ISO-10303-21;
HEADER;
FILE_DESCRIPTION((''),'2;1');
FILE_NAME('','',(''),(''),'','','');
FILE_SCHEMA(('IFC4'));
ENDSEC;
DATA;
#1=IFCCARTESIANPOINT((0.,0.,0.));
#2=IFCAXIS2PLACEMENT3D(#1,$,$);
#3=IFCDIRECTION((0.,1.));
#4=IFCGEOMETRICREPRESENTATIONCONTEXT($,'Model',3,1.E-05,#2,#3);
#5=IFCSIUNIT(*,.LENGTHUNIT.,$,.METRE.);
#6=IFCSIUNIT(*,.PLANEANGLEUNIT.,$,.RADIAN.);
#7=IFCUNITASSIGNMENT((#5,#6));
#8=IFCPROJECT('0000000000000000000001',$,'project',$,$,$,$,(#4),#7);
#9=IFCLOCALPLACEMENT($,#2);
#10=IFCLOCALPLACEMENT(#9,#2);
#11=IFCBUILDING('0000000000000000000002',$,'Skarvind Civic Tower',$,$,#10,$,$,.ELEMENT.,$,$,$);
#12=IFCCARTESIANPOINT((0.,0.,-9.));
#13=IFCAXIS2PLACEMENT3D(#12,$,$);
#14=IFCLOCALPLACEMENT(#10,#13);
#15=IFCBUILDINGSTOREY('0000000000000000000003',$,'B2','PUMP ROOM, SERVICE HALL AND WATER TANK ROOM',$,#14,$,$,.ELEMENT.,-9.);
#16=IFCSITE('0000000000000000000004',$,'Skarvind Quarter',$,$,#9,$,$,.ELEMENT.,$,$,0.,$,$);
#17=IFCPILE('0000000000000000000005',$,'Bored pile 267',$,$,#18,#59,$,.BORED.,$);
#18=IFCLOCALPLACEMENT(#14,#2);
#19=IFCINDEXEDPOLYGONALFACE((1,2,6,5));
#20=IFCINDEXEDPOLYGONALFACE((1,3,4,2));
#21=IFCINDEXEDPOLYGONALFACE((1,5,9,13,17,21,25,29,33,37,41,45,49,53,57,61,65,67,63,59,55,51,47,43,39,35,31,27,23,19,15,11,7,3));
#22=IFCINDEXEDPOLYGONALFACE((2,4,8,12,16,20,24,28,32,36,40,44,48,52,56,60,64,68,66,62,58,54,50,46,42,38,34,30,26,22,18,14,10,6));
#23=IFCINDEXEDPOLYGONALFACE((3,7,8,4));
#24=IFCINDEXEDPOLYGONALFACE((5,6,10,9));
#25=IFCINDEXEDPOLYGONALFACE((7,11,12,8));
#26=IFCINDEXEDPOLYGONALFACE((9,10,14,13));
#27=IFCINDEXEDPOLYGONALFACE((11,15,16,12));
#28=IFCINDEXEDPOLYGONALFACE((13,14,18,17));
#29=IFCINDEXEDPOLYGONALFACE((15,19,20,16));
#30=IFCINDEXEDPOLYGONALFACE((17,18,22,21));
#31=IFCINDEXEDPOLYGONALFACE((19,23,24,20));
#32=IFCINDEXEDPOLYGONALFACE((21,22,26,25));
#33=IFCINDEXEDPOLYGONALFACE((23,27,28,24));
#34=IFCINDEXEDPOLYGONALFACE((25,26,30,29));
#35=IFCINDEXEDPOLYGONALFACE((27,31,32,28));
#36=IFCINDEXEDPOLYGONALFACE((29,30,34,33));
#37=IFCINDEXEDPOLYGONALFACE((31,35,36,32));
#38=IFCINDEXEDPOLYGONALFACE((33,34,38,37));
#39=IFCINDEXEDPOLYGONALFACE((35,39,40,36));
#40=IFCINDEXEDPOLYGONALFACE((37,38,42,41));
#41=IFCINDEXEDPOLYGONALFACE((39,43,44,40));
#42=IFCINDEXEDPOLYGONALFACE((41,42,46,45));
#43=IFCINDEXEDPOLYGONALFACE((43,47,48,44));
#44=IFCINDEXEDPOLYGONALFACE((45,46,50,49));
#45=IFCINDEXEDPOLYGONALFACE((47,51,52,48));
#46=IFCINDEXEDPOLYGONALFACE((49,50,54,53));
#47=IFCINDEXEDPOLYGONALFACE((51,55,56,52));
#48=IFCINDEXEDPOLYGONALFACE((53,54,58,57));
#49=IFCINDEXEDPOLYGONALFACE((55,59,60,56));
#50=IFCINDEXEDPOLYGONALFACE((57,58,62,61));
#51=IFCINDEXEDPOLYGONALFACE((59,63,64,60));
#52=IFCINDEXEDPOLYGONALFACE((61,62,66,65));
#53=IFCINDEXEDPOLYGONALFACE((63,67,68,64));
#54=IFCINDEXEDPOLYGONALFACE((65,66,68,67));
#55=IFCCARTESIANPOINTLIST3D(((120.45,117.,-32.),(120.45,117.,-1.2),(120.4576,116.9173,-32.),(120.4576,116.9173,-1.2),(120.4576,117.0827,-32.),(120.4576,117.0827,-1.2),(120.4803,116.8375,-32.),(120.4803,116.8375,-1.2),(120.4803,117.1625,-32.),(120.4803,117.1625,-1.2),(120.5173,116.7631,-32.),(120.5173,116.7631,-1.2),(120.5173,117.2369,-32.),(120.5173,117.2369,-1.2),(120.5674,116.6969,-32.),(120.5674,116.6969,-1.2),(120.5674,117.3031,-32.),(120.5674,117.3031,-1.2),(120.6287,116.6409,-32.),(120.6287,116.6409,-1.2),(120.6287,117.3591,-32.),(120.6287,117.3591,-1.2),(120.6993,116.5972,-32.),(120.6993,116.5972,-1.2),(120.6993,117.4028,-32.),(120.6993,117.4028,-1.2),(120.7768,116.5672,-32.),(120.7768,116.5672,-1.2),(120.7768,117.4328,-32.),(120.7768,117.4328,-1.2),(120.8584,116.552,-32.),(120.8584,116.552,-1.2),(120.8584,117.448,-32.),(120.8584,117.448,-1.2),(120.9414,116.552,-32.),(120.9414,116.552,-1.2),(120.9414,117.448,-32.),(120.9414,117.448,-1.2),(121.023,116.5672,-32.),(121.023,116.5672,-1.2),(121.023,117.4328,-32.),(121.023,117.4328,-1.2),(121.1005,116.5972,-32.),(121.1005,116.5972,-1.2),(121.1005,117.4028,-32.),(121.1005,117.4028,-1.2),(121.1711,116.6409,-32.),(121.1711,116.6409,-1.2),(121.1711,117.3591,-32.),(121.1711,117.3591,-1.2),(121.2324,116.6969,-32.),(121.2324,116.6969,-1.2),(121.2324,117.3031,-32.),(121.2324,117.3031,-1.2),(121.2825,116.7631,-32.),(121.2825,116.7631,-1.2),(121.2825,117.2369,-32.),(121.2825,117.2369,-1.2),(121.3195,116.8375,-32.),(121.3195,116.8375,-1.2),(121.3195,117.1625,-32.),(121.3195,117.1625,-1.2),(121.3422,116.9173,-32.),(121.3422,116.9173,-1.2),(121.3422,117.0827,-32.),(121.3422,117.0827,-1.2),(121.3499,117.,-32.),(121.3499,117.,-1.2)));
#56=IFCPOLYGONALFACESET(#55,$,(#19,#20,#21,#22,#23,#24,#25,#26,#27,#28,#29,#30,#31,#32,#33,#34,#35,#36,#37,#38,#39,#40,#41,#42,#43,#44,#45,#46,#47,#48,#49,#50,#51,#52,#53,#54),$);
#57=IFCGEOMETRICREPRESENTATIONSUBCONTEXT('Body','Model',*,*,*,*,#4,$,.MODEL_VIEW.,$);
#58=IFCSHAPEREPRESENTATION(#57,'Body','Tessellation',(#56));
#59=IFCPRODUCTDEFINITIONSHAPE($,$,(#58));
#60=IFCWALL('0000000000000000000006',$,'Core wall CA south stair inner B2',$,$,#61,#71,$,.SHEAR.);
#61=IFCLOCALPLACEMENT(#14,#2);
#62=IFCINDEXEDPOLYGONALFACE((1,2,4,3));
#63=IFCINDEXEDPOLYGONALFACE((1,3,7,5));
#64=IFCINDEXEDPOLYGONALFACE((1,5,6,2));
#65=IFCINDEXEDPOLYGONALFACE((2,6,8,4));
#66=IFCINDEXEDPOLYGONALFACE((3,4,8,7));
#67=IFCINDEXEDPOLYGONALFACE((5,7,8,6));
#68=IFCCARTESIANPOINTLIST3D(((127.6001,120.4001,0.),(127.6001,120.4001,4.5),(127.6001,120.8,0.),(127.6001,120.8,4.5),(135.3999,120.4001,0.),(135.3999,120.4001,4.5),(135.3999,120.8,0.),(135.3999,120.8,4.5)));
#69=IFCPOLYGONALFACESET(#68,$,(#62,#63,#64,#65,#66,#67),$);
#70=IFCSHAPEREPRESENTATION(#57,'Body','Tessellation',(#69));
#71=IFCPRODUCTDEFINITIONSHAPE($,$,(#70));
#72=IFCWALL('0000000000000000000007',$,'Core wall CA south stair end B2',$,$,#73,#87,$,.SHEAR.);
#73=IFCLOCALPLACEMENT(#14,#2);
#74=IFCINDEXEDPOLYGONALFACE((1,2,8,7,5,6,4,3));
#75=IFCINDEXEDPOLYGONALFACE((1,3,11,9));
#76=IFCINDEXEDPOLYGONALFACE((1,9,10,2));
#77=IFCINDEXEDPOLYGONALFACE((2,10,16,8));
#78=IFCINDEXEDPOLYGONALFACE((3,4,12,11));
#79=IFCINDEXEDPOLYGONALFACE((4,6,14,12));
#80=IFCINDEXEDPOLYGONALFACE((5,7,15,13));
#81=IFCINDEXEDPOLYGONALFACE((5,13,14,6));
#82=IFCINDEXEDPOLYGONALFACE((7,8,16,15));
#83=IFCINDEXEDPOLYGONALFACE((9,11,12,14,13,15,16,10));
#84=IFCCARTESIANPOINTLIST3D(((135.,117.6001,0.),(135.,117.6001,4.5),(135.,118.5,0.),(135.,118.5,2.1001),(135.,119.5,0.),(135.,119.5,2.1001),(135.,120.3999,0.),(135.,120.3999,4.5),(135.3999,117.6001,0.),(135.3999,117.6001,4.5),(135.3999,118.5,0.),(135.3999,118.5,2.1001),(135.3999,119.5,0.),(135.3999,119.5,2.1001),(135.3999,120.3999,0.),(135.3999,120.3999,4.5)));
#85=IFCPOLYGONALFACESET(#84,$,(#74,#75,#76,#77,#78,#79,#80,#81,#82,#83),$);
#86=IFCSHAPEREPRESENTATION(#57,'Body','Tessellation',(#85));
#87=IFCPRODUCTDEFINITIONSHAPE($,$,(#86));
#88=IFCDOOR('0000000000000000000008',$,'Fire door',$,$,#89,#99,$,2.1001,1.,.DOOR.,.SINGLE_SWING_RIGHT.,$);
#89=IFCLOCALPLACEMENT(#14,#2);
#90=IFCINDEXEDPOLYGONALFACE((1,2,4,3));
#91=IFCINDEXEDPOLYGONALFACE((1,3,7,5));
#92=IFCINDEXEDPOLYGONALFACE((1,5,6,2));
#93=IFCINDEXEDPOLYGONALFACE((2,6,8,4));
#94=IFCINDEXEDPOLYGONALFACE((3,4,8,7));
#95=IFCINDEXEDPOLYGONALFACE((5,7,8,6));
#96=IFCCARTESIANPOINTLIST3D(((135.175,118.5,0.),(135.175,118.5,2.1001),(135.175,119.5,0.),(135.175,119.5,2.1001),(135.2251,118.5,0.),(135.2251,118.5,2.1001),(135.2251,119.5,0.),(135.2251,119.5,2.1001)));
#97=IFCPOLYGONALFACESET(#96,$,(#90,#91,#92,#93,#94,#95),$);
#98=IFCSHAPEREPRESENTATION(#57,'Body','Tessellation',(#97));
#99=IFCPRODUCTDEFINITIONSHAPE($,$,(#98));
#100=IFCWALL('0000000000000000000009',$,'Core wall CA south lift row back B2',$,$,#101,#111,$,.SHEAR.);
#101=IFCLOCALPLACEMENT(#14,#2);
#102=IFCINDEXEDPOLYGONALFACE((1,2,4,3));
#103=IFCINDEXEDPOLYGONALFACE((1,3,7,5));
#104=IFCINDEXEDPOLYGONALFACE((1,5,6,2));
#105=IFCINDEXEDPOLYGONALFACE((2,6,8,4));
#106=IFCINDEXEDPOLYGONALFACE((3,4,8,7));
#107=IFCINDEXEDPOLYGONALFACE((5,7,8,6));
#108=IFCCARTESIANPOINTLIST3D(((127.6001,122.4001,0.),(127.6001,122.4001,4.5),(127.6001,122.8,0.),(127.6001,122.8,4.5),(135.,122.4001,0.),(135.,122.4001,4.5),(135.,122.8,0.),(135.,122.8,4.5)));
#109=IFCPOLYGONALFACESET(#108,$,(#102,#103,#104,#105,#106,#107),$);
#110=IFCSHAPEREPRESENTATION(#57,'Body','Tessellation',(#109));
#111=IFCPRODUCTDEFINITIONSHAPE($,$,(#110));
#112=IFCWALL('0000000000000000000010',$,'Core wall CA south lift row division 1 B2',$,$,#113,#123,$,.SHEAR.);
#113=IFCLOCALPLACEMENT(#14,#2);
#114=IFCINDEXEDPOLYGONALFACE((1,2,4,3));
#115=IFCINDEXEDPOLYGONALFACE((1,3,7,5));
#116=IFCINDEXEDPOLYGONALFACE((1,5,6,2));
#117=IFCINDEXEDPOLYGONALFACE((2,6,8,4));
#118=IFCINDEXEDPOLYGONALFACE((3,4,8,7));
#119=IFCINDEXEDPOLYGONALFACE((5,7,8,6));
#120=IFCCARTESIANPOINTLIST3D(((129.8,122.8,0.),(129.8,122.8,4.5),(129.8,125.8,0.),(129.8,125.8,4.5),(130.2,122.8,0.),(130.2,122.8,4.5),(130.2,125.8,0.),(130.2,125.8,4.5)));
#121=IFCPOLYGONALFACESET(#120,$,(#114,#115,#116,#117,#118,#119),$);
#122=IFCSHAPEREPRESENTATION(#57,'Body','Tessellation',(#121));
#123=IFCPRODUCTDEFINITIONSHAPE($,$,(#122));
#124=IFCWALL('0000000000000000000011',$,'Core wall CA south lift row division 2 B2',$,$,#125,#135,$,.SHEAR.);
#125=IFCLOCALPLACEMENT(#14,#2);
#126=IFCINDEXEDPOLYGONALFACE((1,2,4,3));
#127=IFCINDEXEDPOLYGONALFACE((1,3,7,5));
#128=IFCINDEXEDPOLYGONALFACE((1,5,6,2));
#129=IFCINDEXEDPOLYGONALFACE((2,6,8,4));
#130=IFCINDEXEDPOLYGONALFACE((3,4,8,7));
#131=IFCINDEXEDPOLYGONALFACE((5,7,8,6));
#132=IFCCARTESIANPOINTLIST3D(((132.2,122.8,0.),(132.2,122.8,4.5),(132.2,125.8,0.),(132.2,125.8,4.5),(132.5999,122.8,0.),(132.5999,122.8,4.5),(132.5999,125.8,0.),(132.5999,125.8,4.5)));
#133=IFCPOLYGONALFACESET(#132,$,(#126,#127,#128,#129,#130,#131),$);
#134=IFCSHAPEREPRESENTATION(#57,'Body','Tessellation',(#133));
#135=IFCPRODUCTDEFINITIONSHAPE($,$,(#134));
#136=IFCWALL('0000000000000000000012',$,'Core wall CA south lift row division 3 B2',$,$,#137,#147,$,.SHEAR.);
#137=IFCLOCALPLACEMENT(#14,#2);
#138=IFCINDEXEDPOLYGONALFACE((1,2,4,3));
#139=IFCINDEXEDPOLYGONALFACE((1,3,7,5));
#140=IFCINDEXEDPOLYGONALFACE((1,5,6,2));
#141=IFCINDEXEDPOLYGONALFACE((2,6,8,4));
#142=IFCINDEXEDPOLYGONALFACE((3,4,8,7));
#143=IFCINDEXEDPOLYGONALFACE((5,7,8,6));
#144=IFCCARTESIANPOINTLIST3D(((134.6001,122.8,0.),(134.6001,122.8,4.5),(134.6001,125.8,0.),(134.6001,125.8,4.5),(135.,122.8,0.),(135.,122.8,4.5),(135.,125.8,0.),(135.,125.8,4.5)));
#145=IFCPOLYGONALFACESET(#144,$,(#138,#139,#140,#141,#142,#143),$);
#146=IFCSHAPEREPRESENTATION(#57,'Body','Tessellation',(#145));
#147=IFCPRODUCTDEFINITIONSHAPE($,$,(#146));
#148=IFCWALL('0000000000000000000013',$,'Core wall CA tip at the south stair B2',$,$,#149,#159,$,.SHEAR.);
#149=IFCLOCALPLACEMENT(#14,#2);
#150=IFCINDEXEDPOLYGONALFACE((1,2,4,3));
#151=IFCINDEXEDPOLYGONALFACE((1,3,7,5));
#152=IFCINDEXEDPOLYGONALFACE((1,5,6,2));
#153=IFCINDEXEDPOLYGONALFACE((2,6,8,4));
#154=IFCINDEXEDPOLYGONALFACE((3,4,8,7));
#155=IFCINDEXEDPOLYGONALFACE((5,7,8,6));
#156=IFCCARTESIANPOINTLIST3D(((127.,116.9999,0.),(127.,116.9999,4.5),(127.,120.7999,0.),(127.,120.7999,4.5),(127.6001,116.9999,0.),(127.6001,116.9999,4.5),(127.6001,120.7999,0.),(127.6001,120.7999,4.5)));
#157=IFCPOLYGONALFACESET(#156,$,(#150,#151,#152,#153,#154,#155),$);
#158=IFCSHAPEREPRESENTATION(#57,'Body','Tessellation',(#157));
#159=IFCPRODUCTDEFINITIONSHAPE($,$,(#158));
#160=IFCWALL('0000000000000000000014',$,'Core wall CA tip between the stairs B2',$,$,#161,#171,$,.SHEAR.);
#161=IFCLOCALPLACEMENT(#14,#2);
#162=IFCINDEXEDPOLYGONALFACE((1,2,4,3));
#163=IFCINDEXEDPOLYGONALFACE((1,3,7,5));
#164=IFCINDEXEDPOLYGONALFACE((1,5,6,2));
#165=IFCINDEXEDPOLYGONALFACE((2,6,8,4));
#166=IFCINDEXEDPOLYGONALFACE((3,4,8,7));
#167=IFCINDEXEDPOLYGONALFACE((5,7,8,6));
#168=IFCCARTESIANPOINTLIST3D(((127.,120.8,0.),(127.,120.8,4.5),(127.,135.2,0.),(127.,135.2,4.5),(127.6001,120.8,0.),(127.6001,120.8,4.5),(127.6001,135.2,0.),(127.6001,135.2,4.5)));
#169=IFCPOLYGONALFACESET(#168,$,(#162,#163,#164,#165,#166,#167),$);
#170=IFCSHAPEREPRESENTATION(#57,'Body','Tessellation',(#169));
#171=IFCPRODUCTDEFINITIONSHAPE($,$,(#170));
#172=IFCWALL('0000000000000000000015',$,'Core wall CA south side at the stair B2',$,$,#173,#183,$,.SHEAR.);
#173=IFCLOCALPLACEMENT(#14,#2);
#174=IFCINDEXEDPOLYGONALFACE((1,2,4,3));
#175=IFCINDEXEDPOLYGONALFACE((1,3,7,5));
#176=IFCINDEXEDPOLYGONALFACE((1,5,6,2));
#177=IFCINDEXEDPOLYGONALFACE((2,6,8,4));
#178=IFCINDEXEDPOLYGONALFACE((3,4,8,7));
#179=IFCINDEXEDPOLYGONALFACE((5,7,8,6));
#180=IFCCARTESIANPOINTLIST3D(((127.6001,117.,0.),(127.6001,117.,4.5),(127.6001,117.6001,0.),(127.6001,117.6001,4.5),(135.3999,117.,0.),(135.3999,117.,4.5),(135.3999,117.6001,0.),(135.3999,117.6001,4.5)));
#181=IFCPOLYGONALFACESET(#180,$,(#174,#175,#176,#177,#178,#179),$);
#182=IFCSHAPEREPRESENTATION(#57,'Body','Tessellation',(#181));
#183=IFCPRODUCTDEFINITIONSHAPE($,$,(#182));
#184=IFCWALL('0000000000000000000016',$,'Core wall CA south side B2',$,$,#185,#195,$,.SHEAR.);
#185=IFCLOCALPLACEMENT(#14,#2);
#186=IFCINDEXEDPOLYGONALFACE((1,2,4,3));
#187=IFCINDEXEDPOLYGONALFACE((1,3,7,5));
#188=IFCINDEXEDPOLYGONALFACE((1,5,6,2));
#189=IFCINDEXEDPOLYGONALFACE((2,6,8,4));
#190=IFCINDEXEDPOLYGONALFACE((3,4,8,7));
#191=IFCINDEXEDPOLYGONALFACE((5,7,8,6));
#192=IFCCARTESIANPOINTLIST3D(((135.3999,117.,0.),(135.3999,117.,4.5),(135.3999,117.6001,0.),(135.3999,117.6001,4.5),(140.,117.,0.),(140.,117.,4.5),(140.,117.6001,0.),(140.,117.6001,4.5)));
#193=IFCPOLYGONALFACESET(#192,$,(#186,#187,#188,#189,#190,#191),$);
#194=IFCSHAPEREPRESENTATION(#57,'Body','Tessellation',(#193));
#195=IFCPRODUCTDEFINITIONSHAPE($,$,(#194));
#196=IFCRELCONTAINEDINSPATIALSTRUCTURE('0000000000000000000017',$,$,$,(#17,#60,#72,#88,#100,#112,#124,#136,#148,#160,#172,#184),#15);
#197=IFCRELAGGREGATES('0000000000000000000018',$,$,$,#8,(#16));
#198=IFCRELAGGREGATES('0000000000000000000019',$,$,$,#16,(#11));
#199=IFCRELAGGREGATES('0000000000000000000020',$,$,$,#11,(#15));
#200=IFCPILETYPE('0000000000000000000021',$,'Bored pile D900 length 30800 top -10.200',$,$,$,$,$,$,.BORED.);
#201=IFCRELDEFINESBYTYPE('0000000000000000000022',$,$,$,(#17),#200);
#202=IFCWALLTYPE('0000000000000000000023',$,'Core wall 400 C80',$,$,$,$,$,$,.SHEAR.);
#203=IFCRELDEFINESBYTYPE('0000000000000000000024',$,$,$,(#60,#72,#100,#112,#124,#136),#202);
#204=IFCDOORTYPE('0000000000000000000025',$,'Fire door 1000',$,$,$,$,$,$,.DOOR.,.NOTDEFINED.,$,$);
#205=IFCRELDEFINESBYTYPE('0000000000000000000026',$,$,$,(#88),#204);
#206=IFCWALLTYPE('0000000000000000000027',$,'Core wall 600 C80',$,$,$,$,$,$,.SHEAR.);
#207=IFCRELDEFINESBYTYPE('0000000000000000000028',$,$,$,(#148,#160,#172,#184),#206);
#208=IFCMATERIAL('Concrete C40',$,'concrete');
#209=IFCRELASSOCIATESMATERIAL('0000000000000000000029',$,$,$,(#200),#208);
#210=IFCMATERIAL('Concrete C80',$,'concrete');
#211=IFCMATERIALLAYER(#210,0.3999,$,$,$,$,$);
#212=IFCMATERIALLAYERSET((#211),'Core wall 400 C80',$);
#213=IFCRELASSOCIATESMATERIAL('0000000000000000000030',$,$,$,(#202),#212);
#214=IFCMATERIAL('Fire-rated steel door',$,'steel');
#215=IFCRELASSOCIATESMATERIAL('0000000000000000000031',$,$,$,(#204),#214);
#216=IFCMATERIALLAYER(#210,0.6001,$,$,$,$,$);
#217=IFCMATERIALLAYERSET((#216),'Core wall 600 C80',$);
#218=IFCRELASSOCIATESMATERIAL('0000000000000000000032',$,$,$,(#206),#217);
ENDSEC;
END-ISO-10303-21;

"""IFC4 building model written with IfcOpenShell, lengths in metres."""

from ifc_helpers import new_model, si_unit, direction, frame, frame_2d, origin, origin_2d, place, context, subcontext, project, spatial, rectangle, circle, extrude, material, layer, layer_set, type_object, element, fill, save


model = new_model("IFC4")

# Units and contexts
model_context = context("Model", 3, precision=1e-05, world=origin(), true_north=direction((0.0, 1.0)))
body_context = subcontext(model_context, "Body", "Model", "MODEL_VIEW")
ifc_project = project(units=[si_unit("LENGTHUNIT", "METRE"), si_unit("PLANEANGLEUNIT", "RADIAN")], contexts=[model_context])

# Site, building, storey
site_placement = place(None, origin())
site = spatial("IfcSite", under=ifc_project, at=site_placement, Name="Skarvind Quarter", CompositionType="ELEMENT", RefElevation=0.0)
building_placement = place(site_placement, origin())
building = spatial("IfcBuilding", under=site, at=building_placement, Name="Skarvind Civic Tower", CompositionType="ELEMENT")
storey_placement = place(building_placement, frame((0.0, 0.0, -9.0)))
storey = spatial("IfcBuildingStorey", under=building, at=storey_placement, Name="B2", Description="PUMP ROOM, SERVICE HALL AND WATER TANK ROOM", CompositionType="ELEMENT", Elevation=-9.0)

# Pile
ifc_material_1 = material(Name="Concrete C40", Category="concrete")
pile_type_1 = type_object("IfcPileType", Name="Bored pile D900 length 30800 top -10.200", PredefinedType="BORED", material=ifc_material_1)
pile_placement = place(storey_placement, frame((120.8999, 117.0, -1.2), z_axis=(0.0, 0.0, -1.0), x_axis=(1.0, 0.0, 0.0)))
element("IfcPile", 1, at=pile_placement, inside=storey, type_object=pile_type_1, Name="Bored pile 267", PredefinedType="BORED", context=body_context, shape_type="SweptSolid", body=[
    extrude(circle(Radius=0.45, at=origin_2d()), origin(), (0.0, 0.0, 1.0), 30.8),
])

# Wall
ifc_material_2 = material(Name="Concrete C80", Category="concrete")
ifc_layer_1 = layer(ifc_material_2, 0.3999)
ifc_layer_set_1 = layer_set([ifc_layer_1], Name="Core wall 400 C80")
wall_type_1 = type_object("IfcWallType", Name="Core wall 400 C80", PredefinedType="SHEAR", material=ifc_layer_set_1)
wall_1_placement = place(storey_placement, frame((127.6001, 120.6001, 0.0), z_axis=(0.0, 0.0, 1.0), x_axis=(1.0, 0.0, 0.0)))
element("IfcWall", 2, at=wall_1_placement, inside=storey, type_object=wall_type_1, Name="Core wall CA south stair inner B2", PredefinedType="SHEAR", context=body_context, shape_type="SweptSolid", body=[
    extrude(rectangle(XDim=7.7998, YDim=0.3999, at=frame_2d((3.8999, 0.0))), origin(), (0.0, 0.0, 1.0), 4.5),
])

# Wall, opening, door
wall_2_placement = place(storey_placement, frame((135.2, 117.6001, 0.0), z_axis=(0.0, 0.0, 1.0), x_axis=(0.0, 1.0, 0.0)))
wall_2 = element("IfcWall", 3, at=wall_2_placement, inside=storey, type_object=wall_type_1, Name="Core wall CA south stair end B2", PredefinedType="SHEAR", context=body_context, shape_type="SweptSolid", body=[
    extrude(rectangle(XDim=2.7998, YDim=0.3999, at=frame_2d((1.3999, 0.0))), origin(), (0.0, 0.0, 1.0), 4.5),
])
opening_1_placement = place(wall_2_placement, frame((0.8999, 0.0, 0.0)))
opening_1 = element("IfcOpeningElement", 4, at=opening_1_placement, cuts=wall_2, PredefinedType="OPENING", context=body_context, shape_type="SweptSolid", body=[
    extrude(rectangle(XDim=1.0, YDim=2.1001, at=frame_2d((0.5, 1.05))), frame((0.0, 0.21, 0.0), z_axis=(0.0, -1.0, 0.0), x_axis=(1.0, 0.0, 0.0)), (0.0, 0.0, 1.0), 0.4199),
])
ifc_material_3 = material(Name="Fire-rated steel door", Category="steel")
door_type_1 = type_object("IfcDoorType", Name="Fire door 1000", OperationType="NOTDEFINED", PredefinedType="DOOR", material=ifc_material_3)
door_1_placement = place(opening_1_placement, origin())
door_1 = element("IfcDoor", 5, at=door_1_placement, inside=storey, type_object=door_type_1, Name="Fire door", OperationType="SINGLE_SWING_RIGHT", OverallHeight=2.1001, OverallWidth=1.0, PredefinedType="DOOR", context=body_context, shape_type="SweptSolid", body=[
    extrude(rectangle(XDim=1.0, YDim=2.1001, at=frame_2d((0.5, 1.05))), frame((0.0, 0.0249, 0.0), z_axis=(0.0, -1.0, 0.0), x_axis=(1.0, 0.0, 0.0)), (0.0, 0.0, 1.0), 0.05),
])
fill(opening_1, door_1)

# Walls
wall_3_placement = place(storey_placement, frame((127.6001, 122.6001, 0.0), z_axis=(0.0, 0.0, 1.0), x_axis=(1.0, 0.0, 0.0)))
element("IfcWall", 6, at=wall_3_placement, inside=storey, type_object=wall_type_1, Name="Core wall CA south lift row back B2", PredefinedType="SHEAR", context=body_context, shape_type="SweptSolid", body=[
    extrude(rectangle(XDim=7.3999, YDim=0.3999, at=frame_2d((3.7, 0.0))), origin(), (0.0, 0.0, 1.0), 4.5),
])
for number, where, z_axis, x_axis, name in (
    (7, (130.0, 122.8, 0.0), (0.0, 0.0, 1.0), (0.0, 1.0, 0.0), "Core wall CA south lift row division 1 B2"),
    (8, (132.3999, 122.8, 0.0), (0.0, 0.0, 1.0), (0.0, 1.0, 0.0), "Core wall CA south lift row division 2 B2"),
    (9, (134.8, 122.8, 0.0), (0.0, 0.0, 1.0), (0.0, 1.0, 0.0), "Core wall CA south lift row division 3 B2"),
):
    element("IfcWall", number, at=place(storey_placement, frame(where, z_axis=z_axis, x_axis=x_axis)), inside=storey, type_object=wall_type_1, Name=name, PredefinedType="SHEAR", context=body_context, shape_type="SweptSolid", body=[
        extrude(rectangle(XDim=3.0, YDim=0.3999, at=frame_2d((1.5, 0.0))), origin(), (0.0, 0.0, 1.0), 4.5),
    ])
ifc_layer_2 = layer(ifc_material_2, 0.6001)
ifc_layer_set_2 = layer_set([ifc_layer_2], Name="Core wall 600 C80")
wall_type_2 = type_object("IfcWallType", Name="Core wall 600 C80", PredefinedType="SHEAR", material=ifc_layer_set_2)
wall_4_placement = place(storey_placement, frame((127.3, 117.0, 0.0), z_axis=(0.0, 0.0, 1.0), x_axis=(0.0, 1.0, 0.0)))
element("IfcWall", 10, at=wall_4_placement, inside=storey, type_object=wall_type_2, Name="Core wall CA tip at the south stair B2", PredefinedType="SHEAR", context=body_context, shape_type="SweptSolid", body=[
    extrude(rectangle(XDim=3.8, YDim=0.6001, at=frame_2d((1.8999, 0.0))), origin(), (0.0, 0.0, 1.0), 4.5),
])
wall_5_placement = place(storey_placement, frame((127.3, 120.8, 0.0), z_axis=(0.0, 0.0, 1.0), x_axis=(0.0, 1.0, 0.0)))
element("IfcWall", 11, at=wall_5_placement, inside=storey, type_object=wall_type_2, Name="Core wall CA tip between the stairs B2", PredefinedType="SHEAR", context=body_context, shape_type="SweptSolid", body=[
    extrude(rectangle(XDim=14.3999, YDim=0.6001, at=frame_2d((7.2, 0.0))), origin(), (0.0, 0.0, 1.0), 4.5),
])
wall_6_placement = place(storey_placement, frame((127.6001, 117.3, 0.0), z_axis=(0.0, 0.0, 1.0), x_axis=(1.0, 0.0, 0.0)))
element("IfcWall", 12, at=wall_6_placement, inside=storey, type_object=wall_type_2, Name="Core wall CA south side at the stair B2", PredefinedType="SHEAR", context=body_context, shape_type="SweptSolid", body=[
    extrude(rectangle(XDim=7.7998, YDim=0.6001, at=frame_2d((3.8999, 0.0))), origin(), (0.0, 0.0, 1.0), 4.5),
])
wall_7_placement = place(storey_placement, frame((135.3999, 117.3, 0.0), z_axis=(0.0, 0.0, 1.0), x_axis=(1.0, 0.0, 0.0)))
element("IfcWall", 13, at=wall_7_placement, inside=storey, type_object=wall_type_2, Name="Core wall CA south side B2", PredefinedType="SHEAR", context=body_context, shape_type="SweptSolid", body=[
    extrude(rectangle(XDim=4.6001, YDim=0.6001, at=frame_2d((2.3, 0.0))), origin(), (0.0, 0.0, 1.0), 4.5),
])

save(model, "model.ifc")
